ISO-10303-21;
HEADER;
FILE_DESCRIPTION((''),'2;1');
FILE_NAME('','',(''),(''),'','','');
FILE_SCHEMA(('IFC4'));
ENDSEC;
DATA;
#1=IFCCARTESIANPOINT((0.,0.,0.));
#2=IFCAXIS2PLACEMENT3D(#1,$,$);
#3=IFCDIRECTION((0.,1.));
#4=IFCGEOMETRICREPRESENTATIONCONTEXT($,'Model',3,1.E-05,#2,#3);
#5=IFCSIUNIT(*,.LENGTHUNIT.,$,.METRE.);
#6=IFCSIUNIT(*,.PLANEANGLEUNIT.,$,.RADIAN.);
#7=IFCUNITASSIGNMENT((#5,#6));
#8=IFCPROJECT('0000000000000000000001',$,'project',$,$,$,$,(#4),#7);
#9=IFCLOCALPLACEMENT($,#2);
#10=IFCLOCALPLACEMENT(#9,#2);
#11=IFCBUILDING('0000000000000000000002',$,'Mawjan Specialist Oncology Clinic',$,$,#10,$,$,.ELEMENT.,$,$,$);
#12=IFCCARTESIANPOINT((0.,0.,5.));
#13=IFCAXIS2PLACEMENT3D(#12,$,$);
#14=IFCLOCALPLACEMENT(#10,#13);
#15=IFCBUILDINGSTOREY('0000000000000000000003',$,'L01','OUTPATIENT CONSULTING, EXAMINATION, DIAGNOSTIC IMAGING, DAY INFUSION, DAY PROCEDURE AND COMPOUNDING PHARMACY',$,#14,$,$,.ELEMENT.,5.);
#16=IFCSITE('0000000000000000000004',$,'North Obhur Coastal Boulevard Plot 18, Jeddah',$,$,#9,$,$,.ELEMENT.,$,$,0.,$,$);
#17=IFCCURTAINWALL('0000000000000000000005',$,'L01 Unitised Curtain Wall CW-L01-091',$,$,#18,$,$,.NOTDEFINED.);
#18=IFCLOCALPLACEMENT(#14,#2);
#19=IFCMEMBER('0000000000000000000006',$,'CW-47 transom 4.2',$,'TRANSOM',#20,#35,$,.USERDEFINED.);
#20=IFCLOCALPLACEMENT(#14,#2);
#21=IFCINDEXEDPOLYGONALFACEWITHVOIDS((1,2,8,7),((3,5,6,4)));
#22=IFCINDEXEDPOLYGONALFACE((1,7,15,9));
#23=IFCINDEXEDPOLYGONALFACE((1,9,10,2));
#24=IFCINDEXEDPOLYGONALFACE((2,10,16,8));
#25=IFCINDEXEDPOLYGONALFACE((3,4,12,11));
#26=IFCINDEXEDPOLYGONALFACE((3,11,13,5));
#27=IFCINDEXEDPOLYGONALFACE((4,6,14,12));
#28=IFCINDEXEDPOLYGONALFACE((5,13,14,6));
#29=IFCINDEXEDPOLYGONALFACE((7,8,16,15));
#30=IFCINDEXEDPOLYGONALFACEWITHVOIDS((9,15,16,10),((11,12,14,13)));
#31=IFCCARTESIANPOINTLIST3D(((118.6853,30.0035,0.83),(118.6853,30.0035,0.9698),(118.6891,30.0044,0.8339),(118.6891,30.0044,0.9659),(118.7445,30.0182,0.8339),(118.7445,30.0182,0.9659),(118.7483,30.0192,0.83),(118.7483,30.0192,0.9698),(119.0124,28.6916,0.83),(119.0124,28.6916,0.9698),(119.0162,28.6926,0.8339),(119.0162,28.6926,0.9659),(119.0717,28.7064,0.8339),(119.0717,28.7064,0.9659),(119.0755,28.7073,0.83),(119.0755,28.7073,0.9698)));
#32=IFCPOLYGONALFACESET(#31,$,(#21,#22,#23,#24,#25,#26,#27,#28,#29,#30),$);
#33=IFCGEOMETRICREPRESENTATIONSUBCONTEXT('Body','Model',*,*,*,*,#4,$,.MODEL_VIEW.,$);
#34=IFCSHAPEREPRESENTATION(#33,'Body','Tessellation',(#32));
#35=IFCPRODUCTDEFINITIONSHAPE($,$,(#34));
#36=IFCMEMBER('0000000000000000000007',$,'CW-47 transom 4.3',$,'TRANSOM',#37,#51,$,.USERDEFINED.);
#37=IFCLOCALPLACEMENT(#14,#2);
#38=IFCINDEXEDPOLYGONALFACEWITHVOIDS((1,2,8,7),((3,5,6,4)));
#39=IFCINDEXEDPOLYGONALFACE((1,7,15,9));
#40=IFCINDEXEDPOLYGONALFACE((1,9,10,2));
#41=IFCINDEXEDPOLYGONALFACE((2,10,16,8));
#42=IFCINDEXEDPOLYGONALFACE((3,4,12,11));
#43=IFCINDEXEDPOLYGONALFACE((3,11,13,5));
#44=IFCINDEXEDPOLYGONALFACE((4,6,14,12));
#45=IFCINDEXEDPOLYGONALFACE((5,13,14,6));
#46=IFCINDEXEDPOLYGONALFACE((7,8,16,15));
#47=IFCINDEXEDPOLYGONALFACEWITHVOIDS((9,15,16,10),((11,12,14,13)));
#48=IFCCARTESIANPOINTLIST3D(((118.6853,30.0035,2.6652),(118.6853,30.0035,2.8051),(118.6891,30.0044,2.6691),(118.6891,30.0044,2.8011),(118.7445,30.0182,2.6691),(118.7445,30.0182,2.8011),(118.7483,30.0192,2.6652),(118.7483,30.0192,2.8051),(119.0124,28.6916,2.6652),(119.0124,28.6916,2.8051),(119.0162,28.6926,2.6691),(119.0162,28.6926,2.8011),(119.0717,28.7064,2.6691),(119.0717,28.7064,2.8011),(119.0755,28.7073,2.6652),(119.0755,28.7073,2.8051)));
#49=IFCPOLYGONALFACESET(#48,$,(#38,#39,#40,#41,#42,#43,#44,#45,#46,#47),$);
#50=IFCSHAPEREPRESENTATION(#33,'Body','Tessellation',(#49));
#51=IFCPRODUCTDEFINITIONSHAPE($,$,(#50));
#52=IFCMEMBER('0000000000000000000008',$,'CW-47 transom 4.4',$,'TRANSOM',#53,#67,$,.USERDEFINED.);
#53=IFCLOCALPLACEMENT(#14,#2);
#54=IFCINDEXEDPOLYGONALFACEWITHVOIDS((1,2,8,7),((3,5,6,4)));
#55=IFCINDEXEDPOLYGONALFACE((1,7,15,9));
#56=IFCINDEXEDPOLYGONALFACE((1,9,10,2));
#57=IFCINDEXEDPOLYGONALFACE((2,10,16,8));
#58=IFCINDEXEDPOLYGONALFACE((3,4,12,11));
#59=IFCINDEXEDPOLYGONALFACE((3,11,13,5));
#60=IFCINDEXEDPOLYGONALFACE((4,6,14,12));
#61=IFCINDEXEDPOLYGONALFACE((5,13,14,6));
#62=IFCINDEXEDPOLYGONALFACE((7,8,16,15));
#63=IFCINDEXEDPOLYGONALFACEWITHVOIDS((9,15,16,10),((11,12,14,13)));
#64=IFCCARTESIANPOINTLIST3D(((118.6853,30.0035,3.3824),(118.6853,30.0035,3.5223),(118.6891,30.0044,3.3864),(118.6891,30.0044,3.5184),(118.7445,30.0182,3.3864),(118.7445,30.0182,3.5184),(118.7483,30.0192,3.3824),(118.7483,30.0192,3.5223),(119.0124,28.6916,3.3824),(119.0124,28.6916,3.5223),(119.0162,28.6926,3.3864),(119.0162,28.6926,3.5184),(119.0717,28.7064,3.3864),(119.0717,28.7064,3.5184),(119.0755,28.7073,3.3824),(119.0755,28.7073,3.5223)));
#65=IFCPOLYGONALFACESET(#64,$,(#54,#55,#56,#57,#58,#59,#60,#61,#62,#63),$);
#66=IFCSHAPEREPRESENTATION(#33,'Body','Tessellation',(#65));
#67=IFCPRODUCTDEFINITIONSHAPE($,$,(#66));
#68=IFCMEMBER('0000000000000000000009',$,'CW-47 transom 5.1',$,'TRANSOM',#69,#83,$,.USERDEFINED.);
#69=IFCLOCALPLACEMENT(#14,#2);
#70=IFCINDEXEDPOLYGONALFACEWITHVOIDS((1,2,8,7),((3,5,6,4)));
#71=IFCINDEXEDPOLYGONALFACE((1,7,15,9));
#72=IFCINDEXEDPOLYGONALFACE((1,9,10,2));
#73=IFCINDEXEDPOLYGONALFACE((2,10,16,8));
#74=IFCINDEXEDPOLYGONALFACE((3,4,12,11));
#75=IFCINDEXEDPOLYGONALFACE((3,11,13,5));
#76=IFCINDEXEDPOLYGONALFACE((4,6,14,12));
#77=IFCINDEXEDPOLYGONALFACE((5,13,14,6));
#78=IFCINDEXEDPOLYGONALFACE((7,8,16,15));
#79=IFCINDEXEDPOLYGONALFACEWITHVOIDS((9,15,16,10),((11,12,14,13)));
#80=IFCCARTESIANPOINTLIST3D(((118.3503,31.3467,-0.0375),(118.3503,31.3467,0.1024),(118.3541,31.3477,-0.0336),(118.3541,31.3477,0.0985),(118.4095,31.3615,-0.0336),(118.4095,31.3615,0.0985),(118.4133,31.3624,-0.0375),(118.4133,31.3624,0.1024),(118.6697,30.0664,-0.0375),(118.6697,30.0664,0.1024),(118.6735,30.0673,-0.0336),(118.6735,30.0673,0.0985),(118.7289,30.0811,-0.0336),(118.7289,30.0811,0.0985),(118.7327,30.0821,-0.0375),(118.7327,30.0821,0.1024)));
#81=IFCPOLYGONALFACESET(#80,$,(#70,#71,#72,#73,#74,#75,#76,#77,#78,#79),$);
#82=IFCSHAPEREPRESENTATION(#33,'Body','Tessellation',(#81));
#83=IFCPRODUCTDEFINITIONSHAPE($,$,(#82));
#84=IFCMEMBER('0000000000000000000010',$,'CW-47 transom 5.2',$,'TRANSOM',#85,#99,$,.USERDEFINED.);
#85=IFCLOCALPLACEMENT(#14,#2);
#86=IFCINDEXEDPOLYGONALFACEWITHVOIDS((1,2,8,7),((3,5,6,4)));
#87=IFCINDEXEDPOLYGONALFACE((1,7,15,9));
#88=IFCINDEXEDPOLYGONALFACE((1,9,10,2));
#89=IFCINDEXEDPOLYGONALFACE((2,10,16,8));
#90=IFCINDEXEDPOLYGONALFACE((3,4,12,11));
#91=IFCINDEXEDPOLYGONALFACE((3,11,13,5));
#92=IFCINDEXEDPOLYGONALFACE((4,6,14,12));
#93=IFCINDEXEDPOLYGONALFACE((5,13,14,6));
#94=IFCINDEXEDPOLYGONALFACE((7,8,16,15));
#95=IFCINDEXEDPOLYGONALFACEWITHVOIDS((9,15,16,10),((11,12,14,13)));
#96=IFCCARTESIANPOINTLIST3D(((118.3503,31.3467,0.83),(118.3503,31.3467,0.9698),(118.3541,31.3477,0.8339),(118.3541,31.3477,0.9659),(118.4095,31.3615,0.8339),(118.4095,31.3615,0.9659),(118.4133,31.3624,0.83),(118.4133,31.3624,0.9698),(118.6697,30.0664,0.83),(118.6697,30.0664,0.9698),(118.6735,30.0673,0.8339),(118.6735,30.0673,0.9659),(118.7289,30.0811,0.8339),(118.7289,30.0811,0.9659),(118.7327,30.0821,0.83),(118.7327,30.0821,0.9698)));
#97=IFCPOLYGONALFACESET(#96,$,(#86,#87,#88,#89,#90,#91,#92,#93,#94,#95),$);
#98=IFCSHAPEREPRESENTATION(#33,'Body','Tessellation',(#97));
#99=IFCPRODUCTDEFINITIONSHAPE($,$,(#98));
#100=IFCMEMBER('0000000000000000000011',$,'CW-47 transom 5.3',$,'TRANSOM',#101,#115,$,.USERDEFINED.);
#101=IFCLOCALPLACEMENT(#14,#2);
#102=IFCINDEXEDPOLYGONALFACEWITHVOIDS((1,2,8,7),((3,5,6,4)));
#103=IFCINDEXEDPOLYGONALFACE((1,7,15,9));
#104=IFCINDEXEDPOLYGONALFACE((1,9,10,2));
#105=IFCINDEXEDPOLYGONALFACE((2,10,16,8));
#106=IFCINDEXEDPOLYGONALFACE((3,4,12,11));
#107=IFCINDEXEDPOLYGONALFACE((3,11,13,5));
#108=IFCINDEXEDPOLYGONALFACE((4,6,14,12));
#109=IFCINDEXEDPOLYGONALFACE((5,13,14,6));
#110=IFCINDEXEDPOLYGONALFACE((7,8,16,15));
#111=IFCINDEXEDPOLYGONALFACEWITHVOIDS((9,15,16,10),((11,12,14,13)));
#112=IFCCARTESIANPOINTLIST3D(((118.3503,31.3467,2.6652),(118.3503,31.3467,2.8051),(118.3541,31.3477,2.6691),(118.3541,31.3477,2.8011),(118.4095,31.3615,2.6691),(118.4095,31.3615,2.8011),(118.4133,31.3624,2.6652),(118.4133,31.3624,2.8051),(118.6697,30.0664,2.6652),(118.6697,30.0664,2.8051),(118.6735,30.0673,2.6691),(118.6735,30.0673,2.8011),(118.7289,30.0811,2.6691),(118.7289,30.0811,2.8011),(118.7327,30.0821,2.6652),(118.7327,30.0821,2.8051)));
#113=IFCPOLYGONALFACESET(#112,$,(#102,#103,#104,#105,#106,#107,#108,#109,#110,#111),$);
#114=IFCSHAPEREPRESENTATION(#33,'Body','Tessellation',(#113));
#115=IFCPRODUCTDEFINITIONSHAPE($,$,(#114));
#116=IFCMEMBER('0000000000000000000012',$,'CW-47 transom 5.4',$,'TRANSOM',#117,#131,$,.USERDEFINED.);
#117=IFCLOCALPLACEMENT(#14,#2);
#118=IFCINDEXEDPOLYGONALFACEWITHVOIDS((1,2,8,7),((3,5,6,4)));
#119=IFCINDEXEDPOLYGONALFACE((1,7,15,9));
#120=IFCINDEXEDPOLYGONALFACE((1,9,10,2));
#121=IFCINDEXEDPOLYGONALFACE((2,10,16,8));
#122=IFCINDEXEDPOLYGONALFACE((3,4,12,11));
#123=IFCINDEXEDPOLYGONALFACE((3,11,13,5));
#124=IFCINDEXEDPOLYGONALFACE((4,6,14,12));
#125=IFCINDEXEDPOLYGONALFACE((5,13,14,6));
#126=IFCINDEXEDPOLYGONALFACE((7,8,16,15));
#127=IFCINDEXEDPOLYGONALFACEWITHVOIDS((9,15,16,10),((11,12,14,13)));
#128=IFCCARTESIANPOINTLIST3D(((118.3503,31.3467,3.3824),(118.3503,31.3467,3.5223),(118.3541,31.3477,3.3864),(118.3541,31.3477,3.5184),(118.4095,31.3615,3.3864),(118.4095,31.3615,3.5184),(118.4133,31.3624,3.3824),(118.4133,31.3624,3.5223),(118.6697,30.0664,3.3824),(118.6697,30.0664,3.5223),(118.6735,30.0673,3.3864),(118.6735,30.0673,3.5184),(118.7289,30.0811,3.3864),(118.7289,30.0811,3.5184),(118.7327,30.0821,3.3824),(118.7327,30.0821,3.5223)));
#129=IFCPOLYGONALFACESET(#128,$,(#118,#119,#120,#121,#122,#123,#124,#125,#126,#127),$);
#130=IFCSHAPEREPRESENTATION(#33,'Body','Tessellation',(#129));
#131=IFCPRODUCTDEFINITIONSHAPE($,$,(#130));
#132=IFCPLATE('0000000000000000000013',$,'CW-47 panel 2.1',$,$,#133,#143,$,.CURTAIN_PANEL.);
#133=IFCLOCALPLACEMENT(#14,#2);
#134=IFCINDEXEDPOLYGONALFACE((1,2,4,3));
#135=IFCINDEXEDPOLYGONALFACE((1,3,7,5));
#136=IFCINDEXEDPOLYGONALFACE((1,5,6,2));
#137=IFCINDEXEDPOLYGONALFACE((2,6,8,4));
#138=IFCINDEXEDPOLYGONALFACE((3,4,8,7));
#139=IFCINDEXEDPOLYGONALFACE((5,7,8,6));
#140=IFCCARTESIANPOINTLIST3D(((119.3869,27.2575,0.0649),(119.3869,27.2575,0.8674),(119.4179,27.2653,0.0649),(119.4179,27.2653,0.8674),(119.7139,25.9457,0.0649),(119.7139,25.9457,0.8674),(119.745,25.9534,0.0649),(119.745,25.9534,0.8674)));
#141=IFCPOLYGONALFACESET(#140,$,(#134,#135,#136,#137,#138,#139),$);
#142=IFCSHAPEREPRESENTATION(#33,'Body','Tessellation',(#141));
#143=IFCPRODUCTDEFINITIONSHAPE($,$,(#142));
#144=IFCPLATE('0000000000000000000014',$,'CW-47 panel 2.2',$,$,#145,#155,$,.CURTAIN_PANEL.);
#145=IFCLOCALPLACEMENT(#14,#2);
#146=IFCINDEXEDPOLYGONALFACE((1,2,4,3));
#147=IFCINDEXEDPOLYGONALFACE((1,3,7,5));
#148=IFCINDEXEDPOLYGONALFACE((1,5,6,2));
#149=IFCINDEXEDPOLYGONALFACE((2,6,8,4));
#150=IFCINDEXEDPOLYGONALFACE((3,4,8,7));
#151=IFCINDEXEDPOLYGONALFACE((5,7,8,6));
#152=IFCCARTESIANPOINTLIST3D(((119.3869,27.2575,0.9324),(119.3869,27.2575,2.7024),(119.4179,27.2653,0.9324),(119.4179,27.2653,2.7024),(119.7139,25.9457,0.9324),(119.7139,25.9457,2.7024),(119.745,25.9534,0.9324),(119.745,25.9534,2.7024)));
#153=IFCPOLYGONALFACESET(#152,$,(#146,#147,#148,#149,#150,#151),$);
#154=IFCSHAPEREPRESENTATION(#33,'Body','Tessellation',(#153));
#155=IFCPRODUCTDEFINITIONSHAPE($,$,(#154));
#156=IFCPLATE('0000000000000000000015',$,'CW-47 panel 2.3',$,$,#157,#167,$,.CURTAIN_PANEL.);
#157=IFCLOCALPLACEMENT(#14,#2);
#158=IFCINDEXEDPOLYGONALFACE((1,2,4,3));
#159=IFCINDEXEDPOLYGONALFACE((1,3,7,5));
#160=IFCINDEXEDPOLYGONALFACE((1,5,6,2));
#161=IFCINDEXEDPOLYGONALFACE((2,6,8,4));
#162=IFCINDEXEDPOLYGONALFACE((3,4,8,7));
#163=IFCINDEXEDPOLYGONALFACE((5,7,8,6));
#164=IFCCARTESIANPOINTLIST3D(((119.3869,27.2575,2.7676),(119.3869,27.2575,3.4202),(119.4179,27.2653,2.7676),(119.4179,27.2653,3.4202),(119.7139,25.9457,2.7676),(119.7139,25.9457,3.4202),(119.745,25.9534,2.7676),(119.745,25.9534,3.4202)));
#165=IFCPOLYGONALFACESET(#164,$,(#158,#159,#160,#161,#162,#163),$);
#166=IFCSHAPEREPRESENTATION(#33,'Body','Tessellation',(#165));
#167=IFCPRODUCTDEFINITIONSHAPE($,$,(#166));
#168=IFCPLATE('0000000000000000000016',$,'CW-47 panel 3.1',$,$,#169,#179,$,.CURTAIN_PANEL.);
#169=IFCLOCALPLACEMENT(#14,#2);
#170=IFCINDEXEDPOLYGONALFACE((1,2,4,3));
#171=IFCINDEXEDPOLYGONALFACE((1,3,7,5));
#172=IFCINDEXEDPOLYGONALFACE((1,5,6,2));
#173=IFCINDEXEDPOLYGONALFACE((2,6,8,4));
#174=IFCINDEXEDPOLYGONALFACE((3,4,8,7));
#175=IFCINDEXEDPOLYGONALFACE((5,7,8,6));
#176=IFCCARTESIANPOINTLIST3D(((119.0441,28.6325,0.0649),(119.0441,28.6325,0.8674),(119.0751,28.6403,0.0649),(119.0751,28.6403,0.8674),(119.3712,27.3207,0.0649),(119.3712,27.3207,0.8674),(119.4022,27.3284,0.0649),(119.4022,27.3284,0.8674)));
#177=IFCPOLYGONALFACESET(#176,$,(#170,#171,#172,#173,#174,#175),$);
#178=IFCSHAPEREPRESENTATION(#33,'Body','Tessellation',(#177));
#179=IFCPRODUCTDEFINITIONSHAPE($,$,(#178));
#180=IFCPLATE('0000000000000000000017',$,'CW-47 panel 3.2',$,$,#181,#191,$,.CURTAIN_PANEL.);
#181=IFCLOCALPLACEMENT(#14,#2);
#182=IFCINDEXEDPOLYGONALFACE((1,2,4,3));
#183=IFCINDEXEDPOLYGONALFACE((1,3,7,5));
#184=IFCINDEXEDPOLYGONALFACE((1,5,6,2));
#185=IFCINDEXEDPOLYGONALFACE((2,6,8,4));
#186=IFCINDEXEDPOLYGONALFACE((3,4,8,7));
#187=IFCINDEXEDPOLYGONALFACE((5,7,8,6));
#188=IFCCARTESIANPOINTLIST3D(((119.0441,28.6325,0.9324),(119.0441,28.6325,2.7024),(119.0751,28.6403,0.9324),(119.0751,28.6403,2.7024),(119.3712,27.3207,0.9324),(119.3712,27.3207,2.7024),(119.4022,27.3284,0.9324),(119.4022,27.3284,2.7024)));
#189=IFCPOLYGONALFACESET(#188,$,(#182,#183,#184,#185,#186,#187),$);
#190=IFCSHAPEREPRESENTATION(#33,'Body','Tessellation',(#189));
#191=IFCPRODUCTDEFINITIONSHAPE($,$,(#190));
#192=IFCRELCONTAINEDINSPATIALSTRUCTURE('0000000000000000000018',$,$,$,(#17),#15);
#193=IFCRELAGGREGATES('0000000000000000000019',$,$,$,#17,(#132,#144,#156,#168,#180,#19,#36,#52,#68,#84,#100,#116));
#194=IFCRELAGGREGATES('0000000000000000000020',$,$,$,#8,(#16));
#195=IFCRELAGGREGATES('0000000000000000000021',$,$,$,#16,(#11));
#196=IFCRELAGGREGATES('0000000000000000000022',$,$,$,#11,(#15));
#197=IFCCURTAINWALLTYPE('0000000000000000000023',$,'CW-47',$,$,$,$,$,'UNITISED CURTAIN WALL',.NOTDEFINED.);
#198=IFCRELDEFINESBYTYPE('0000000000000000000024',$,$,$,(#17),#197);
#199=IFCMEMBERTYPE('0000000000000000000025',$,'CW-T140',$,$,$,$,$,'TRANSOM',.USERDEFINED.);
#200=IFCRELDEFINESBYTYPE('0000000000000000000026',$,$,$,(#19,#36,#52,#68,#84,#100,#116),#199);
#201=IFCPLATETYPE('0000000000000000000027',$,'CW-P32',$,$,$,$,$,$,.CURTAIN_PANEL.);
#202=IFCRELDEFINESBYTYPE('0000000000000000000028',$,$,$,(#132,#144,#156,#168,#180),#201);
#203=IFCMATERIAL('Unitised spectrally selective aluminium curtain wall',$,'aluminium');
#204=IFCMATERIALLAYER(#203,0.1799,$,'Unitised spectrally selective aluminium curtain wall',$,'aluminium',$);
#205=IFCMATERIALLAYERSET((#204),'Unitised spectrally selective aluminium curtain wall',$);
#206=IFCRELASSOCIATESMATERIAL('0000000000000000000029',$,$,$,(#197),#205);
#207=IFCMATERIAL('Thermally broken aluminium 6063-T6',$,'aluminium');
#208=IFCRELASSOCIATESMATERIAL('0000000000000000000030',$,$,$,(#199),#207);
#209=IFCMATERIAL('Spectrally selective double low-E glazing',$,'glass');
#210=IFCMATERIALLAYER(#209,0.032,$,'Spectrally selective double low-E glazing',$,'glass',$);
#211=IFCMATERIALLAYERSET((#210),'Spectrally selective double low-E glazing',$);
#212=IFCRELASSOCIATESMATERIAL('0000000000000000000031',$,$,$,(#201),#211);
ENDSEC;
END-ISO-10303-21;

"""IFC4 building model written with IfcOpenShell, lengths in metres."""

from ifc_helpers import new_model, si_unit, direction, frame, origin, origin_2d, place, context, subcontext, project, spatial, rectangle, hollow_rectangle, extrude, material, layer, layer_set, material_profile, profile_set, type_object, element, aggregate, save


model = new_model("IFC4")

# Units and contexts
model_context = context("Model", 3, precision=1e-05, world=origin(), true_north=direction((0.0, 1.0)))
body_context = subcontext(model_context, "Body", "Model", "MODEL_VIEW")
ifc_project = project(units=[si_unit("LENGTHUNIT", "METRE"), si_unit("PLANEANGLEUNIT", "RADIAN")], contexts=[model_context])

# Site, building, storey
site_placement = place(None, origin())
site = spatial("IfcSite", under=ifc_project, at=site_placement, Name="North Obhur Coastal Boulevard Plot 18, Jeddah", CompositionType="ELEMENT", RefElevation=0.0)
building_placement = place(site_placement, origin())
building = spatial("IfcBuilding", under=site, at=building_placement, Name="Mawjan Specialist Oncology Clinic", CompositionType="ELEMENT")
storey_placement = place(building_placement, frame((0.0, 0.0, 5.0)))
storey = spatial("IfcBuildingStorey", under=building, at=storey_placement, Name="L01", Description="OUTPATIENT CONSULTING, EXAMINATION, DIAGNOSTIC IMAGING, DAY INFUSION, DAY PROCEDURE AND COMPOUNDING PHARMACY", CompositionType="ELEMENT", Elevation=5.0)

# Curtain wall, members, plates
ifc_material_1 = material(Name="Unitised spectrally selective aluminium curtain wall", Category="aluminium")
ifc_layer_1 = layer(ifc_material_1, 0.1799, Name="Unitised spectrally selective aluminium curtain wall", Category="aluminium")
ifc_layer_set_1 = layer_set([ifc_layer_1], Name="Unitised spectrally selective aluminium curtain wall")
curtain_wall_type = type_object("IfcCurtainWallType", Name="CW-47", ElementType="UNITISED CURTAIN WALL", PredefinedType="NOTDEFINED", material=ifc_layer_set_1)
curtain_wall_placement = place(storey_placement, origin())
curtain_wall = element("IfcCurtainWall", 1, at=curtain_wall_placement, inside=storey, type_object=curtain_wall_type, Name="L01 Unitised Curtain Wall CW-L01-091", PredefinedType="NOTDEFINED")
ifc_material_2 = material(Name="Thermally broken aluminium 6063-T6", Category="aluminium")
ifc_material_profile_1 = material_profile(ifc_material_2, hollow_rectangle(XDim=0.0649, YDim=0.1399, WallThickness=0.0039, at=origin_2d()), Name="ALU TRANSOM 140x65x4", Category="aluminium")
ifc_profile_set_1 = profile_set([ifc_material_profile_1], Name="Thermally broken aluminium 6063-T6")
member_type_1 = type_object("IfcMemberType", Name="CW-T140", ElementType="TRANSOM", PredefinedType="USERDEFINED", material=ifc_profile_set_1)
member_1_placement = place(storey_placement, frame((119.0439, 28.6995, 0.8999), z_axis=(-0.241983, 0.97028, 0.0), x_axis=(-0.97028, -0.241983, 0.0)))
member_1 = element("IfcMember", 2, at=member_1_placement, type_object=member_type_1, Name="CW-47 transom 4.2", ObjectType="TRANSOM", PredefinedType="USERDEFINED", context=body_context, shape_type="SweptSolid", body=[
    extrude(hollow_rectangle(XDim=0.0649, YDim=0.1399, WallThickness=0.0039, at=origin_2d()), origin(), (0.0, 0.0, 1.0), 1.3521),
])
member_2_placement = place(storey_placement, frame((119.0439, 28.6995, 2.7351), z_axis=(-0.241983, 0.97028, 0.0), x_axis=(-0.97028, -0.241983, 0.0)))
member_2 = element("IfcMember", 3, at=member_2_placement, type_object=member_type_1, Name="CW-47 transom 4.3", ObjectType="TRANSOM", PredefinedType="USERDEFINED", context=body_context, shape_type="SweptSolid", body=[
    extrude(hollow_rectangle(XDim=0.0649, YDim=0.1399, WallThickness=0.0039, at=origin_2d()), origin(), (0.0, 0.0, 1.0), 1.3521),
])
member_3_placement = place(storey_placement, frame((119.0439, 28.6995, 3.4524), z_axis=(-0.241983, 0.97028, 0.0), x_axis=(-0.97028, -0.241983, 0.0)))
member_3 = element("IfcMember", 4, at=member_3_placement, type_object=member_type_1, Name="CW-47 transom 4.4", ObjectType="TRANSOM", PredefinedType="USERDEFINED", context=body_context, shape_type="SweptSolid", body=[
    extrude(hollow_rectangle(XDim=0.0649, YDim=0.1399, WallThickness=0.0039, at=origin_2d()), origin(), (0.0, 0.0, 1.0), 1.3521),
])
member_4_placement = place(storey_placement, frame((118.7012, 30.0742, 0.0325), z_axis=(-0.242013, 0.970273, 0.0), x_axis=(-0.970273, -0.242013, 0.0)))
member_4 = element("IfcMember", 5, at=member_4_placement, type_object=member_type_1, Name="CW-47 transom 5.1", ObjectType="TRANSOM", PredefinedType="USERDEFINED", context=body_context, shape_type="SweptSolid", body=[
    extrude(hollow_rectangle(XDim=0.0649, YDim=0.1399, WallThickness=0.0039, at=origin_2d()), origin(), (0.0, 0.0, 1.0), 1.3196),
])
member_5_placement = place(storey_placement, frame((118.7012, 30.0742, 0.8999), z_axis=(-0.242013, 0.970273, 0.0), x_axis=(-0.970273, -0.242013, 0.0)))
member_5 = element("IfcMember", 6, at=member_5_placement, type_object=member_type_1, Name="CW-47 transom 5.2", ObjectType="TRANSOM", PredefinedType="USERDEFINED", context=body_context, shape_type="SweptSolid", body=[
    extrude(hollow_rectangle(XDim=0.0649, YDim=0.1399, WallThickness=0.0039, at=origin_2d()), origin(), (0.0, 0.0, 1.0), 1.3196),
])
member_6_placement = place(storey_placement, frame((118.7012, 30.0742, 2.7351), z_axis=(-0.242013, 0.970273, 0.0), x_axis=(-0.970273, -0.242013, 0.0)))
member_6 = element("IfcMember", 7, at=member_6_placement, type_object=member_type_1, Name="CW-47 transom 5.3", ObjectType="TRANSOM", PredefinedType="USERDEFINED", context=body_context, shape_type="SweptSolid", body=[
    extrude(hollow_rectangle(XDim=0.0649, YDim=0.1399, WallThickness=0.0039, at=origin_2d()), origin(), (0.0, 0.0, 1.0), 1.3196),
])
member_7_placement = place(storey_placement, frame((118.7012, 30.0742, 3.4524), z_axis=(-0.242013, 0.970273, 0.0), x_axis=(-0.970273, -0.242013, 0.0)))
member_7 = element("IfcMember", 8, at=member_7_placement, type_object=member_type_1, Name="CW-47 transom 5.4", ObjectType="TRANSOM", PredefinedType="USERDEFINED", context=body_context, shape_type="SweptSolid", body=[
    extrude(hollow_rectangle(XDim=0.0649, YDim=0.1399, WallThickness=0.0039, at=origin_2d()), origin(), (0.0, 0.0, 1.0), 1.3196),
])
ifc_material_3 = material(Name="Spectrally selective double low-E glazing", Category="glass")
ifc_layer_2 = layer(ifc_material_3, 0.032, Name="Spectrally selective double low-E glazing", Category="glass")
ifc_layer_set_2 = layer_set([ifc_layer_2], Name="Spectrally selective double low-E glazing")
plate_type = type_object("IfcPlateType", Name="CW-P32", PredefinedType="CURTAIN_PANEL", material=ifc_layer_set_2)
plate_1_placement = place(storey_placement, frame((119.5659, 26.6055, 0.0649), z_axis=(0.0, 0.0, 1.0), x_axis=(-0.241922, 0.970296, 0.0)))
plate_1 = element("IfcPlate", 9, at=plate_1_placement, type_object=plate_type, Name="CW-47 panel 2.1", PredefinedType="CURTAIN_PANEL", context=body_context, shape_type="SweptSolid", body=[
    extrude(rectangle(XDim=1.3521, YDim=0.032, at=origin_2d()), origin(), (0.0, 0.0, 1.0), 0.8025),
])
plate_2_placement = place(storey_placement, frame((119.5659, 26.6055, 0.9324), z_axis=(0.0, 0.0, 1.0), x_axis=(-0.241922, 0.970296, 0.0)))
plate_2 = element("IfcPlate", 10, at=plate_2_placement, type_object=plate_type, Name="CW-47 panel 2.2", PredefinedType="CURTAIN_PANEL", context=body_context, shape_type="SweptSolid", body=[
    extrude(rectangle(XDim=1.3521, YDim=0.032, at=origin_2d()), origin(), (0.0, 0.0, 1.0), 1.77),
])
plate_3_placement = place(storey_placement, frame((119.5659, 26.6055, 2.7676), z_axis=(0.0, 0.0, 1.0), x_axis=(-0.241922, 0.970296, 0.0)))
plate_3 = element("IfcPlate", 11, at=plate_3_placement, type_object=plate_type, Name="CW-47 panel 2.3", PredefinedType="CURTAIN_PANEL", context=body_context, shape_type="SweptSolid", body=[
    extrude(rectangle(XDim=1.3521, YDim=0.032, at=origin_2d()), origin(), (0.0, 0.0, 1.0), 0.6526),
])
plate_4_placement = place(storey_placement, frame((119.2231, 27.9805, 0.0649), z_axis=(0.0, 0.0, 1.0), x_axis=(-0.241922, 0.970296, 0.0)))
plate_4 = element("IfcPlate", 12, at=plate_4_placement, type_object=plate_type, Name="CW-47 panel 3.1", PredefinedType="CURTAIN_PANEL", context=body_context, shape_type="SweptSolid", body=[
    extrude(rectangle(XDim=1.3521, YDim=0.032, at=origin_2d()), origin(), (0.0, 0.0, 1.0), 0.8025),
])
plate_5_placement = place(storey_placement, frame((119.2231, 27.9805, 0.9324), z_axis=(0.0, 0.0, 1.0), x_axis=(-0.241922, 0.970296, 0.0)))
plate_5 = element("IfcPlate", 13, at=plate_5_placement, type_object=plate_type, Name="CW-47 panel 3.2", PredefinedType="CURTAIN_PANEL", context=body_context, shape_type="SweptSolid", body=[
    extrude(rectangle(XDim=1.3521, YDim=0.032, at=origin_2d()), origin(), (0.0, 0.0, 1.0), 1.77),
])
aggregate(curtain_wall, [plate_1, plate_2, plate_3, plate_4, plate_5, member_1, member_2, member_3, member_4, member_5, member_6, member_7])

save(model, "model.ifc")
